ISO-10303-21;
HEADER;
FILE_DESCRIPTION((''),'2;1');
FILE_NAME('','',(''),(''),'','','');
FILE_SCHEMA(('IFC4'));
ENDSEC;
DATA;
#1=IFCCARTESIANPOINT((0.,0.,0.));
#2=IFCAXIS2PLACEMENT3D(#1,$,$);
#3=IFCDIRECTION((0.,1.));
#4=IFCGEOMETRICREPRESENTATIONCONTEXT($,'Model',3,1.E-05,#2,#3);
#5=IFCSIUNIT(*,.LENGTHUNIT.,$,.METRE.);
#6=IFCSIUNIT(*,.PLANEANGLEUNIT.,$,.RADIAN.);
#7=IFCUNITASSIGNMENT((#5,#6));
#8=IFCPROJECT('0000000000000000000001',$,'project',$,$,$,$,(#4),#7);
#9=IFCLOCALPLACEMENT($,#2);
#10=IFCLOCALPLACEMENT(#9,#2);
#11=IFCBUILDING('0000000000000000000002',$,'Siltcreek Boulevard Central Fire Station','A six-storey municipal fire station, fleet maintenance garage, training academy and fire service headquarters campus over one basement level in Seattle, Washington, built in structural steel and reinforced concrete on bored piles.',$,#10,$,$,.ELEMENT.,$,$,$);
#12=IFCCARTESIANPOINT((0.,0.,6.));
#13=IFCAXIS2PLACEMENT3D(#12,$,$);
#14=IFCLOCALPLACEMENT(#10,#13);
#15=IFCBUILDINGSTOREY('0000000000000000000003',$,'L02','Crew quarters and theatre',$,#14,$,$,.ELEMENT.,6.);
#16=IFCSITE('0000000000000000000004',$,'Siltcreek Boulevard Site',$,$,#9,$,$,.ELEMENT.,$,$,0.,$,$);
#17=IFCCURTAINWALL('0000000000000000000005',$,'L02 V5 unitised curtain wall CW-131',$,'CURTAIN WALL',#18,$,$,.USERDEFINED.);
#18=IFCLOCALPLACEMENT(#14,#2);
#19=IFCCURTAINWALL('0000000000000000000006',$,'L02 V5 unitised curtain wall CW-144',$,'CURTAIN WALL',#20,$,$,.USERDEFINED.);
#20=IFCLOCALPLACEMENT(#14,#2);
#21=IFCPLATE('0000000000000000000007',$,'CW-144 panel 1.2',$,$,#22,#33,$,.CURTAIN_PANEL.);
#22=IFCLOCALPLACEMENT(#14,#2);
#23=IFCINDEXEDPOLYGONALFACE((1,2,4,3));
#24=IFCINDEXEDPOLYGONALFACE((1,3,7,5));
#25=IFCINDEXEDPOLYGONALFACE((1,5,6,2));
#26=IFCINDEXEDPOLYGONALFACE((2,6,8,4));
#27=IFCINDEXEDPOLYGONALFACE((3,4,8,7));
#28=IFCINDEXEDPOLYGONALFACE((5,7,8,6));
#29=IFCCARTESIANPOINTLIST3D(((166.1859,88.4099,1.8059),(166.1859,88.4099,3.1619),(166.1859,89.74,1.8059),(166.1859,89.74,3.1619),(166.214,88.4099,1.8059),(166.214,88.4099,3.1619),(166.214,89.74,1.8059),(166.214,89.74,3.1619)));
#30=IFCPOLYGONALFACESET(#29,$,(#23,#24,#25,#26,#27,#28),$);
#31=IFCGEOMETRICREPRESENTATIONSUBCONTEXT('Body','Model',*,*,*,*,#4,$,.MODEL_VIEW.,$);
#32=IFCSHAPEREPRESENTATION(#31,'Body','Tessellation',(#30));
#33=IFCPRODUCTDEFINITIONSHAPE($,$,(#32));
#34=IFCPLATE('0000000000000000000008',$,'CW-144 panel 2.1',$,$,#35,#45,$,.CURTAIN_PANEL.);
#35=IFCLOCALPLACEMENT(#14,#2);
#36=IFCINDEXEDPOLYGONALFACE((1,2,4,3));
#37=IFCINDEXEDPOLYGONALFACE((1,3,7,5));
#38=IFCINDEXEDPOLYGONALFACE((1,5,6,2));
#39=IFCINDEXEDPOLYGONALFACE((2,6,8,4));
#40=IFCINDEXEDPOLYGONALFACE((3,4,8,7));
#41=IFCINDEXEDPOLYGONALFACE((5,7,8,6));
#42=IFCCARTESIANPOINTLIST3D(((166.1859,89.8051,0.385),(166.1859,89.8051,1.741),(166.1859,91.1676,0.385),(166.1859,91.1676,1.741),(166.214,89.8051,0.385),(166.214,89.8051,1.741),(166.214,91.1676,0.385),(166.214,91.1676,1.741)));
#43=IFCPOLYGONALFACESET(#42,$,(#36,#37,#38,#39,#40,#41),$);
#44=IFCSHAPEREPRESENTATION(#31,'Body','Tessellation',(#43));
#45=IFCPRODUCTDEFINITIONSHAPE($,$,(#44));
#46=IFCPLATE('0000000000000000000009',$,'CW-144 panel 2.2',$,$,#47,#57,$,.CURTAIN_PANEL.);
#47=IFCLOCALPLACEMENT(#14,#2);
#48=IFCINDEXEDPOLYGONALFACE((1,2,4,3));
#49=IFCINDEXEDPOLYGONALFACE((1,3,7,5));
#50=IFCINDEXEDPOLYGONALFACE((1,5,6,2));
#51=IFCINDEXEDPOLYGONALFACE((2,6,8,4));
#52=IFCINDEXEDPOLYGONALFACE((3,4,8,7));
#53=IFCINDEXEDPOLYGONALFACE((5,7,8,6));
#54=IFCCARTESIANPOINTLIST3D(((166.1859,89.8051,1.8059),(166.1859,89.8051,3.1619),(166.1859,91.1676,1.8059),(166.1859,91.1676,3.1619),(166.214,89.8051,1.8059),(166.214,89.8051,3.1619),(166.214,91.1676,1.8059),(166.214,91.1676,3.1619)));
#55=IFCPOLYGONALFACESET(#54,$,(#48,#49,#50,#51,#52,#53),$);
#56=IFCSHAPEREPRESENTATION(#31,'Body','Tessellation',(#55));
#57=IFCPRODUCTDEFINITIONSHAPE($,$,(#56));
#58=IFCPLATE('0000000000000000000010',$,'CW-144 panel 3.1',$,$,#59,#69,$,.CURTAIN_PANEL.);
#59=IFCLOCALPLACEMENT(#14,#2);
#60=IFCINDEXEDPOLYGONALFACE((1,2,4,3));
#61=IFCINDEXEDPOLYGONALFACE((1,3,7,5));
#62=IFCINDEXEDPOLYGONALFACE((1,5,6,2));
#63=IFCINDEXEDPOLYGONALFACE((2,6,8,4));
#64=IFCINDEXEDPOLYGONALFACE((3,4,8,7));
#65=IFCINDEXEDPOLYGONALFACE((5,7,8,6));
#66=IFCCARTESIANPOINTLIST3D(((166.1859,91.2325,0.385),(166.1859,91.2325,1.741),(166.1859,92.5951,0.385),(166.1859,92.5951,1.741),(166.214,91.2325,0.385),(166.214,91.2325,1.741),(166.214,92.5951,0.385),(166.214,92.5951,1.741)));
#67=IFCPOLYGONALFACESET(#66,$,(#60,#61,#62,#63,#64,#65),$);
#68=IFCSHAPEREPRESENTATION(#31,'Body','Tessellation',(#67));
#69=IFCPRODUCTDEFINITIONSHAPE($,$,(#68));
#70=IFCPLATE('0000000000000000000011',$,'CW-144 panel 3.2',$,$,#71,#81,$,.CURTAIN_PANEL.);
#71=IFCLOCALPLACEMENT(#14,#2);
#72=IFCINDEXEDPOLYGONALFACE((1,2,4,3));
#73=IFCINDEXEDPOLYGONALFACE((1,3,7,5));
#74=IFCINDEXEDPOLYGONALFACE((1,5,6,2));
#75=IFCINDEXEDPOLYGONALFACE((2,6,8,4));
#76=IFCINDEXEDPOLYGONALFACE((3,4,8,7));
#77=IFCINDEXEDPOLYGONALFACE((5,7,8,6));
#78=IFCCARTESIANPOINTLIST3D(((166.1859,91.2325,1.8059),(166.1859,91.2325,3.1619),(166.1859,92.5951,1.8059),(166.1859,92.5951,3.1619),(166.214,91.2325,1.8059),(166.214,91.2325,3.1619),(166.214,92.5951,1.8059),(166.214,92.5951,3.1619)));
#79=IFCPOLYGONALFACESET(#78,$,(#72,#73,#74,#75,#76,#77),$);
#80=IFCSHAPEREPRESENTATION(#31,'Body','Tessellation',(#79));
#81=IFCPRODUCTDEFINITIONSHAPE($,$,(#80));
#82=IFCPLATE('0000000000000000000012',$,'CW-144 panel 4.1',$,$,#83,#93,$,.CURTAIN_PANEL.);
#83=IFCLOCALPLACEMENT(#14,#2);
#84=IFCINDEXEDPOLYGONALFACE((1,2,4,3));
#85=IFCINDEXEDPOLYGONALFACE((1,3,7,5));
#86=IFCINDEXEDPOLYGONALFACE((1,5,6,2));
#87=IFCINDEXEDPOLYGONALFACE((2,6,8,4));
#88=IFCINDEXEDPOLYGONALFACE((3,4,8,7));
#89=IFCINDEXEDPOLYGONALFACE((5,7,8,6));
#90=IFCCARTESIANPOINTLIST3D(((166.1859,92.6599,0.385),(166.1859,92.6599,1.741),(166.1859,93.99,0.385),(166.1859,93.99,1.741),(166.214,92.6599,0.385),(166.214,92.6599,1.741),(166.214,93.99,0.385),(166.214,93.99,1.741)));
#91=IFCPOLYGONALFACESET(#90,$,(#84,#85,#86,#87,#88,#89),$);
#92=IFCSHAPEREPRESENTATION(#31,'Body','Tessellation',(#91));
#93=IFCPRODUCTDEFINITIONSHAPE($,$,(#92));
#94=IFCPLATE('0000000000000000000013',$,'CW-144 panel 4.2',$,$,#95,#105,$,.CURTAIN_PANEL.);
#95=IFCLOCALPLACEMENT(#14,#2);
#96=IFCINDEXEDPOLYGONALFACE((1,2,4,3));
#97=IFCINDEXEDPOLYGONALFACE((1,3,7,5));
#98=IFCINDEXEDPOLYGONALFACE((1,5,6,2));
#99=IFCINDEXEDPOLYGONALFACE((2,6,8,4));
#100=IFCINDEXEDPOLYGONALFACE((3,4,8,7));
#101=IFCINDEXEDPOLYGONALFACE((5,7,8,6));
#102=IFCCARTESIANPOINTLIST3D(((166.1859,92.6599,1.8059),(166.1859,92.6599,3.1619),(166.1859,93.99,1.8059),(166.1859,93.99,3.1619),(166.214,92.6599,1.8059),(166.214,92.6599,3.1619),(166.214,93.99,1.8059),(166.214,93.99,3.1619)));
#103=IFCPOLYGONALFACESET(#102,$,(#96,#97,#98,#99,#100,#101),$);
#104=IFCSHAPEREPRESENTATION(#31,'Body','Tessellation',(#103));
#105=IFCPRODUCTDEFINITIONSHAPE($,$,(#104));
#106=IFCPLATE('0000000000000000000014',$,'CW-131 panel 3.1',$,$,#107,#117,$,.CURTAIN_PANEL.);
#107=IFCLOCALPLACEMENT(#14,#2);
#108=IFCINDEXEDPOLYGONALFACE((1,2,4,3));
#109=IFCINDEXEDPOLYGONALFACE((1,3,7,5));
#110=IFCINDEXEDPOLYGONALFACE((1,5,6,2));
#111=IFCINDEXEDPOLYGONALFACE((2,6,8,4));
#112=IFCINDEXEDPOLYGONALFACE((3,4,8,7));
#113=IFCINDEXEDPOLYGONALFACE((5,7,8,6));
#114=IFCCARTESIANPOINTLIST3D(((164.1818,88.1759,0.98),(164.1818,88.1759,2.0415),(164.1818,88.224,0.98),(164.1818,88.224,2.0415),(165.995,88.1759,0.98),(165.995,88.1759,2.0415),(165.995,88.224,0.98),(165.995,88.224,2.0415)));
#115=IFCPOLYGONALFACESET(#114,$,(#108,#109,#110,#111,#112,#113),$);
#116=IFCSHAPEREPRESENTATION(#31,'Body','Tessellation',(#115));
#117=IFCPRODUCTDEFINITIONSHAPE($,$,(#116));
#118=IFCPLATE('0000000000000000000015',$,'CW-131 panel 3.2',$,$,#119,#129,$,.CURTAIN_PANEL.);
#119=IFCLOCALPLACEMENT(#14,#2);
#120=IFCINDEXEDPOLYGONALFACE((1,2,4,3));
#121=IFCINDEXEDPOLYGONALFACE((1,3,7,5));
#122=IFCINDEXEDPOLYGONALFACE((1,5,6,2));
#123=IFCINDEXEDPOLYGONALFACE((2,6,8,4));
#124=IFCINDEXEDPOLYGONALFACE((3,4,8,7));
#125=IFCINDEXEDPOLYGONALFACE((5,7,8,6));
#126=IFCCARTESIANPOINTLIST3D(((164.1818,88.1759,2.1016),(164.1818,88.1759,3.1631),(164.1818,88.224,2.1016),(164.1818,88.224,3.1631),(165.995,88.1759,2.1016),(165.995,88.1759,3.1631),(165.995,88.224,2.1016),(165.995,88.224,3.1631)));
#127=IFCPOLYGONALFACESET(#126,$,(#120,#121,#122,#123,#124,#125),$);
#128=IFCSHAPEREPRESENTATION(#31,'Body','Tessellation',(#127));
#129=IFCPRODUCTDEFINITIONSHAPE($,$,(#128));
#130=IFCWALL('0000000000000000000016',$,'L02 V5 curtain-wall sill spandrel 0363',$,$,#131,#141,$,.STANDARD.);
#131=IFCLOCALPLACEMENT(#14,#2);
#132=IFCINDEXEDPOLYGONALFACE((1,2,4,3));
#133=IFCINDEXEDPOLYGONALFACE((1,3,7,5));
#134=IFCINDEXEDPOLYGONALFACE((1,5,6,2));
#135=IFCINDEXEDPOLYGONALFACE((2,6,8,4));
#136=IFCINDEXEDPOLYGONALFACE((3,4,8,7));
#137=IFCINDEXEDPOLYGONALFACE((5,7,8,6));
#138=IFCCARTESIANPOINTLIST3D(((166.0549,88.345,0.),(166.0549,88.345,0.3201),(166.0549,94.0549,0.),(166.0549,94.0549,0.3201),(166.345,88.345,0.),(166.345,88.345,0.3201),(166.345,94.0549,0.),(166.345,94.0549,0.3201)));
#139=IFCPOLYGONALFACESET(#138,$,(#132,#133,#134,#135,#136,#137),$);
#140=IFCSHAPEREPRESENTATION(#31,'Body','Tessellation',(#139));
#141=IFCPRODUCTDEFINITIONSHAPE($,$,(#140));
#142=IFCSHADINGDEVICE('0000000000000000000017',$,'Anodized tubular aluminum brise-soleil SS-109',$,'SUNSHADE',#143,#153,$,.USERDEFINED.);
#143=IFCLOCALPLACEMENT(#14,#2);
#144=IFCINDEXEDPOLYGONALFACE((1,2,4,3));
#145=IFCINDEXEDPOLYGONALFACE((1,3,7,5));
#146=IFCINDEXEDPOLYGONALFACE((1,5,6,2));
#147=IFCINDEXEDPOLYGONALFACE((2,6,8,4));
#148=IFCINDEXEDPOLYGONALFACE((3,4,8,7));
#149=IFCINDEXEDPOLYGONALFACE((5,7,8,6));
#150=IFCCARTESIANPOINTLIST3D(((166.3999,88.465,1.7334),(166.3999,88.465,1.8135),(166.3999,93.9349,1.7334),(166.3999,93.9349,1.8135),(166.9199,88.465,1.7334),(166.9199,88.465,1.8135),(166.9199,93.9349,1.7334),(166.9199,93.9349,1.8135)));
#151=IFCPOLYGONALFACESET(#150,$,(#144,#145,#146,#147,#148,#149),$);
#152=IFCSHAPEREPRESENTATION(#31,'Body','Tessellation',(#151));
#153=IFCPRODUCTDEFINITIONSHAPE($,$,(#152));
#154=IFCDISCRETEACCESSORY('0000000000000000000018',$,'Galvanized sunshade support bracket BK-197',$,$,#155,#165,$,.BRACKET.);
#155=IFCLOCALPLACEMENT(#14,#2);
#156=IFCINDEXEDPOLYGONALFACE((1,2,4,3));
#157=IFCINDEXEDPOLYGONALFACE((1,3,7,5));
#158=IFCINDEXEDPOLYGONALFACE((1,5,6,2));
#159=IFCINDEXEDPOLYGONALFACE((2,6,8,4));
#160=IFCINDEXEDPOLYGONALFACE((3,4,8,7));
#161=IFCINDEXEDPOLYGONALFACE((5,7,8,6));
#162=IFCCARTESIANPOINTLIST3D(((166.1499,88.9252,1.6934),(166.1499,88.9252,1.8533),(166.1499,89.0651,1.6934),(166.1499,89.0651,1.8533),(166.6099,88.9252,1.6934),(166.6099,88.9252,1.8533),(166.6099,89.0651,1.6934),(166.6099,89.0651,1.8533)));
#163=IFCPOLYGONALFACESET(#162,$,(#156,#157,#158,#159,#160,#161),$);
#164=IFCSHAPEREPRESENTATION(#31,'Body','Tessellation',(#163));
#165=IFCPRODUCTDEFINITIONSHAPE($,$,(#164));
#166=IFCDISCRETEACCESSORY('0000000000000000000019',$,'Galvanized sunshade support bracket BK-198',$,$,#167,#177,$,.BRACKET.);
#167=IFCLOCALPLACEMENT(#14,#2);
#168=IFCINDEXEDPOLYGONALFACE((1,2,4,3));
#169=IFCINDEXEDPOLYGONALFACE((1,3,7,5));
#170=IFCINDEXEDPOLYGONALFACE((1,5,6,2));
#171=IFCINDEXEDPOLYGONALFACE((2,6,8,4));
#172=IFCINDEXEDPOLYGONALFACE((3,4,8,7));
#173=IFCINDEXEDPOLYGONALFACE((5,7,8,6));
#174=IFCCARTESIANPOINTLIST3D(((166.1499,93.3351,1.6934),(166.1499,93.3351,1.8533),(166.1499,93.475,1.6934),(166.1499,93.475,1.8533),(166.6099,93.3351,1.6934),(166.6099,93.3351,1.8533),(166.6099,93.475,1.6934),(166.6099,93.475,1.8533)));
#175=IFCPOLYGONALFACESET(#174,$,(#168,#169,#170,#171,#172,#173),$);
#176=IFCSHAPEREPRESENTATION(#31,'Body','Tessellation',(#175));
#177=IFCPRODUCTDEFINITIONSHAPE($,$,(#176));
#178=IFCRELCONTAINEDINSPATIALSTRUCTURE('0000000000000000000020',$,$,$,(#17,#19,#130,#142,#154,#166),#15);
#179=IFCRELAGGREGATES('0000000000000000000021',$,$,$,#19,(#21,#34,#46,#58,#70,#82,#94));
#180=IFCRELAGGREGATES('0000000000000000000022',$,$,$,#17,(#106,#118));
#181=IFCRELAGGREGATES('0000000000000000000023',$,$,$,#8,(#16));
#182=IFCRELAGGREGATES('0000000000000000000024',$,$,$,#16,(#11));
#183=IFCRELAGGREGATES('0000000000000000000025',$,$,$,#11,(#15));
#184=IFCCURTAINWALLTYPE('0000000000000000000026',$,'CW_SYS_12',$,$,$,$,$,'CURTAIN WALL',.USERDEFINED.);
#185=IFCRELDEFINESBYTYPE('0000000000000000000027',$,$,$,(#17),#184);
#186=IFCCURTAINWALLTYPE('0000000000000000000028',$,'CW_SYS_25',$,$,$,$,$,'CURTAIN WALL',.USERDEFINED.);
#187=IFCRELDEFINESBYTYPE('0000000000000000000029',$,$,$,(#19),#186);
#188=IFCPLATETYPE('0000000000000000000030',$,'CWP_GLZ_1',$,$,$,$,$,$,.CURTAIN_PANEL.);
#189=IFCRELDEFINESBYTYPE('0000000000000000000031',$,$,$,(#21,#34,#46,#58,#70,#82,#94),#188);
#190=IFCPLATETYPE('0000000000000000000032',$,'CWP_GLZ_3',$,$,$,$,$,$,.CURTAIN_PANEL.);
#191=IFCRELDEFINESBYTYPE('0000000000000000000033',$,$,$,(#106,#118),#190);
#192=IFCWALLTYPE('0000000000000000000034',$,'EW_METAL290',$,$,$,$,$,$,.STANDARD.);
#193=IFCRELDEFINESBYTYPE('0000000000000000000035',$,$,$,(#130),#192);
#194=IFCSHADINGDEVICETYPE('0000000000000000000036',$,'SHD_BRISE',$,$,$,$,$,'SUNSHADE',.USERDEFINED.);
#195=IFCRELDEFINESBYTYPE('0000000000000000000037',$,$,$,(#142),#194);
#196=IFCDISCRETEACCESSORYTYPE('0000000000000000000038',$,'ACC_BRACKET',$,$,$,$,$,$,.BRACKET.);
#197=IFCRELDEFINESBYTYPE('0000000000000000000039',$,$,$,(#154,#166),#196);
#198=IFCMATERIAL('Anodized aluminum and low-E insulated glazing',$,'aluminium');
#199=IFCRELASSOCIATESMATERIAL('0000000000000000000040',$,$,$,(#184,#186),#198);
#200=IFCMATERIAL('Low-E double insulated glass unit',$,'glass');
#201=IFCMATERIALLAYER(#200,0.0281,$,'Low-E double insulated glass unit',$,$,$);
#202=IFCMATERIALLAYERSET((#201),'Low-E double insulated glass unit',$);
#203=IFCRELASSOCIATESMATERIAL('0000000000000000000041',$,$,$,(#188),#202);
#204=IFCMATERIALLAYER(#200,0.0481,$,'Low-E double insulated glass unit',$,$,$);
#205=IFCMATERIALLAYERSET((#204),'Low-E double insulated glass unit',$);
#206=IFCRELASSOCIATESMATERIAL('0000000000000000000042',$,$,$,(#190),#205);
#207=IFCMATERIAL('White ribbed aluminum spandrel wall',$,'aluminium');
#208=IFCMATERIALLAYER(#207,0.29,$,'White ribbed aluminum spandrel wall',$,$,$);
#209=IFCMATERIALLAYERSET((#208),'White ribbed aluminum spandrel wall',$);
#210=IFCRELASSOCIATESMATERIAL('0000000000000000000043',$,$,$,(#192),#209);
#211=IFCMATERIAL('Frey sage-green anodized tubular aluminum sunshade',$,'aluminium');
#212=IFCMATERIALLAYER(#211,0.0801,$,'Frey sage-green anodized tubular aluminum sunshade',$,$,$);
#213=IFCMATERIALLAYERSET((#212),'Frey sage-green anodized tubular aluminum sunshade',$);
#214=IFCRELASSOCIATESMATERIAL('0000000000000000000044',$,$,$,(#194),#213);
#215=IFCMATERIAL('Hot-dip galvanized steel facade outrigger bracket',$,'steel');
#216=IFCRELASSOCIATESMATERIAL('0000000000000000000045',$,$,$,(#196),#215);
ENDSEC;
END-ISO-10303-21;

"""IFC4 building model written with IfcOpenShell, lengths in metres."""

from ifc_helpers import new_model, si_unit, direction, frame, frame_2d, origin, origin_2d, place, context, subcontext, project, spatial, rectangle, extrude, material, layer, layer_set, type_object, element, aggregate, save


model = new_model("IFC4")

# Units and contexts
model_context = context("Model", 3, precision=1e-05, world=origin(), true_north=direction((0.0, 1.0)))
body_context = subcontext(model_context, "Body", "Model", "MODEL_VIEW")
ifc_project = project(units=[si_unit("LENGTHUNIT", "METRE"), si_unit("PLANEANGLEUNIT", "RADIAN")], contexts=[model_context])

# Site, building, storey
site_placement = place(None, origin())
site = spatial("IfcSite", under=ifc_project, at=site_placement, Name="Siltcreek Boulevard Site", CompositionType="ELEMENT", RefElevation=0.0)
building_placement = place(site_placement, origin())
building = spatial("IfcBuilding", under=site, at=building_placement, Name="Siltcreek Boulevard Central Fire Station", Description="A six-storey municipal fire station, fleet maintenance garage, training academy and fire service headquarters campus over one basement level in Seattle, Washington, built in structural steel and reinforced concrete on bored piles.", CompositionType="ELEMENT")
storey_placement = place(building_placement, frame((0.0, 0.0, 6.0)))
storey = spatial("IfcBuildingStorey", under=building, at=storey_placement, Name="L02", Description="Crew quarters and theatre", CompositionType="ELEMENT", Elevation=6.0)

# Curtain wall
ifc_material_1 = material(Name="Anodized aluminum and low-E insulated glazing", Category="aluminium")
curtain_wall_type_1 = type_object("IfcCurtainWallType", Name="CW_SYS_12", ElementType="CURTAIN WALL", PredefinedType="USERDEFINED", material=ifc_material_1)
curtain_wall_1_placement = place(storey_placement, origin())
curtain_wall_1 = element("IfcCurtainWall", 1, at=curtain_wall_1_placement, inside=storey, type_object=curtain_wall_type_1, Name="L02 V5 unitised curtain wall CW-131", ObjectType="CURTAIN WALL", PredefinedType="USERDEFINED")

# Curtain wall
curtain_wall_type_2 = type_object("IfcCurtainWallType", Name="CW_SYS_25", ElementType="CURTAIN WALL", PredefinedType="USERDEFINED", material=ifc_material_1)
curtain_wall_2_placement = place(storey_placement, origin())
curtain_wall_2 = element("IfcCurtainWall", 2, at=curtain_wall_2_placement, inside=storey, type_object=curtain_wall_type_2, Name="L02 V5 unitised curtain wall CW-144", ObjectType="CURTAIN WALL", PredefinedType="USERDEFINED")

# Plates
ifc_material_2 = material(Name="Low-E double insulated glass unit", Category="glass")
ifc_layer_1 = layer(ifc_material_2, 0.0281, Name="Low-E double insulated glass unit")
ifc_layer_set_1 = layer_set([ifc_layer_1], Name="Low-E double insulated glass unit")
plate_type_1 = type_object("IfcPlateType", Name="CWP_GLZ_1", PredefinedType="CURTAIN_PANEL", material=ifc_layer_set_1)
plate_1_placement = place(storey_placement, frame((166.2, 89.075, 1.8059), z_axis=(0.0, 0.0, 1.0), x_axis=(0.0, 1.0, 0.0)))
plate_1 = element("IfcPlate", 3, at=plate_1_placement, type_object=plate_type_1, Name="CW-144 panel 1.2", PredefinedType="CURTAIN_PANEL", context=body_context, shape_type="SweptSolid", body=[
    extrude(rectangle(XDim=1.3301, YDim=0.0281, at=origin_2d()), origin(), (0.0, 0.0, 1.0), 1.356),
])
plate_2_placement = place(storey_placement, frame((166.2, 90.4863, 0.385), z_axis=(0.0, 0.0, 1.0), x_axis=(0.0, 1.0, 0.0)))
plate_2 = element("IfcPlate", 4, at=plate_2_placement, type_object=plate_type_1, Name="CW-144 panel 2.1", PredefinedType="CURTAIN_PANEL", context=body_context, shape_type="SweptSolid", body=[
    extrude(rectangle(XDim=1.3625, YDim=0.0281, at=origin_2d()), origin(), (0.0, 0.0, 1.0), 1.356),
])
plate_3_placement = place(storey_placement, frame((166.2, 90.4863, 1.8059), z_axis=(0.0, 0.0, 1.0), x_axis=(0.0, 1.0, 0.0)))
plate_3 = element("IfcPlate", 5, at=plate_3_placement, type_object=plate_type_1, Name="CW-144 panel 2.2", PredefinedType="CURTAIN_PANEL", context=body_context, shape_type="SweptSolid", body=[
    extrude(rectangle(XDim=1.3625, YDim=0.0281, at=origin_2d()), origin(), (0.0, 0.0, 1.0), 1.356),
])
plate_4_placement = place(storey_placement, frame((166.2, 91.9138, 0.385), z_axis=(0.0, 0.0, 1.0), x_axis=(0.0, 1.0, 0.0)))
plate_4 = element("IfcPlate", 6, at=plate_4_placement, type_object=plate_type_1, Name="CW-144 panel 3.1", PredefinedType="CURTAIN_PANEL", context=body_context, shape_type="SweptSolid", body=[
    extrude(rectangle(XDim=1.3625, YDim=0.0281, at=origin_2d()), origin(), (0.0, 0.0, 1.0), 1.356),
])
plate_5_placement = place(storey_placement, frame((166.2, 91.9138, 1.8059), z_axis=(0.0, 0.0, 1.0), x_axis=(0.0, 1.0, 0.0)))
plate_5 = element("IfcPlate", 7, at=plate_5_placement, type_object=plate_type_1, Name="CW-144 panel 3.2", PredefinedType="CURTAIN_PANEL", context=body_context, shape_type="SweptSolid", body=[
    extrude(rectangle(XDim=1.3625, YDim=0.0281, at=origin_2d()), origin(), (0.0, 0.0, 1.0), 1.356),
])
plate_6_placement = place(storey_placement, frame((166.2, 93.325, 0.385), z_axis=(0.0, 0.0, 1.0), x_axis=(0.0, 1.0, 0.0)))
plate_6 = element("IfcPlate", 8, at=plate_6_placement, type_object=plate_type_1, Name="CW-144 panel 4.1", PredefinedType="CURTAIN_PANEL", context=body_context, shape_type="SweptSolid", body=[
    extrude(rectangle(XDim=1.3301, YDim=0.0281, at=origin_2d()), origin(), (0.0, 0.0, 1.0), 1.356),
])
plate_7_placement = place(storey_placement, frame((166.2, 93.325, 1.8059), z_axis=(0.0, 0.0, 1.0), x_axis=(0.0, 1.0, 0.0)))
plate_7 = element("IfcPlate", 9, at=plate_7_placement, type_object=plate_type_1, Name="CW-144 panel 4.2", PredefinedType="CURTAIN_PANEL", context=body_context, shape_type="SweptSolid", body=[
    extrude(rectangle(XDim=1.3301, YDim=0.0281, at=origin_2d()), origin(), (0.0, 0.0, 1.0), 1.356),
])
aggregate(curtain_wall_2, [plate_1, plate_2, plate_3, plate_4, plate_5, plate_6, plate_7])
ifc_layer_2 = layer(ifc_material_2, 0.0481, Name="Low-E double insulated glass unit")
ifc_layer_set_2 = layer_set([ifc_layer_2], Name="Low-E double insulated glass unit")
plate_type_2 = type_object("IfcPlateType", Name="CWP_GLZ_3", PredefinedType="CURTAIN_PANEL", material=ifc_layer_set_2)
plate_8_placement = place(storey_placement, frame((165.0884, 88.2, 0.98), z_axis=(0.0, 0.0, 1.0), x_axis=(1.0, 0.0, 0.0)))
plate_8 = element("IfcPlate", 10, at=plate_8_placement, type_object=plate_type_2, Name="CW-131 panel 3.1", PredefinedType="CURTAIN_PANEL", context=body_context, shape_type="SweptSolid", body=[
    extrude(rectangle(XDim=1.8132, YDim=0.0481, at=origin_2d()), origin(), (0.0, 0.0, 1.0), 1.0615),
])
plate_9_placement = place(storey_placement, frame((165.0884, 88.2, 2.1016), z_axis=(0.0, 0.0, 1.0), x_axis=(1.0, 0.0, 0.0)))
plate_9 = element("IfcPlate", 11, at=plate_9_placement, type_object=plate_type_2, Name="CW-131 panel 3.2", PredefinedType="CURTAIN_PANEL", context=body_context, shape_type="SweptSolid", body=[
    extrude(rectangle(XDim=1.8132, YDim=0.0481, at=origin_2d()), origin(), (0.0, 0.0, 1.0), 1.0615),
])
aggregate(curtain_wall_1, [plate_8, plate_9])

# Wall
ifc_material_3 = material(Name="White ribbed aluminum spandrel wall", Category="aluminium")
ifc_layer_3 = layer(ifc_material_3, 0.29, Name="White ribbed aluminum spandrel wall")
ifc_layer_set_3 = layer_set([ifc_layer_3], Name="White ribbed aluminum spandrel wall")
wall_type = type_object("IfcWallType", Name="EW_METAL290", PredefinedType="STANDARD", material=ifc_layer_set_3)
wall_placement = place(storey_placement, frame((166.2, 88.345, 0.0), z_axis=(0.0, 0.0, 1.0), x_axis=(0.0, 1.0, 0.0)))
element("IfcWall", 12, at=wall_placement, inside=storey, type_object=wall_type, Name="L02 V5 curtain-wall sill spandrel 0363", PredefinedType="STANDARD", context=body_context, shape_type="SweptSolid", body=[
    extrude(rectangle(XDim=5.71, YDim=0.29, at=frame_2d((2.855, 0.0))), origin(), (0.0, 0.0, 1.0), 0.3201),
])

# Shading device
ifc_material_4 = material(Name="Frey sage-green anodized tubular aluminum sunshade", Category="aluminium")
ifc_layer_4 = layer(ifc_material_4, 0.0801, Name="Frey sage-green anodized tubular aluminum sunshade")
ifc_layer_set_4 = layer_set([ifc_layer_4], Name="Frey sage-green anodized tubular aluminum sunshade")
shading_device_type = type_object("IfcShadingDeviceType", Name="SHD_BRISE", ElementType="SUNSHADE", PredefinedType="USERDEFINED", material=ifc_layer_set_4)
shading_device_placement = place(storey_placement, frame((166.6599, 91.2, 1.7334), z_axis=(0.0, 0.0, 1.0), x_axis=(0.0, 1.0, 0.0)))
element("IfcShadingDevice", 13, at=shading_device_placement, inside=storey, type_object=shading_device_type, Name="Anodized tubular aluminum brise-soleil SS-109", ObjectType="SUNSHADE", PredefinedType="USERDEFINED", context=body_context, shape_type="SweptSolid", body=[
    extrude(rectangle(XDim=5.47, YDim=0.52, at=origin_2d()), origin(), (0.0, 0.0, 1.0), 0.0801),
])

# Discrete accessories
ifc_material_5 = material(Name="Hot-dip galvanized steel facade outrigger bracket", Category="steel")
discrete_accessory_type = type_object("IfcDiscreteAccessoryType", Name="ACC_BRACKET", PredefinedType="BRACKET", material=ifc_material_5)
for number, where, z_axis, x_axis, name in (
    (14, (166.3799, 88.9951, 1.6934), (0.0, 0.0, 1.0), (0.0, 1.0, 0.0), "Galvanized sunshade support bracket BK-197"),
    (15, (166.3799, 93.405, 1.6934), (0.0, 0.0, 1.0), (0.0, 1.0, 0.0), "Galvanized sunshade support bracket BK-198"),
):
    element("IfcDiscreteAccessory", number, at=place(storey_placement, frame(where, z_axis=z_axis, x_axis=x_axis)), inside=storey, type_object=discrete_accessory_type, Name=name, PredefinedType="BRACKET", context=body_context, shape_type="SweptSolid", body=[
        extrude(rectangle(XDim=0.1399, YDim=0.46, at=origin_2d()), origin(), (0.0, 0.0, 1.0), 0.1599),
    ])

save(model, "model.ifc")
